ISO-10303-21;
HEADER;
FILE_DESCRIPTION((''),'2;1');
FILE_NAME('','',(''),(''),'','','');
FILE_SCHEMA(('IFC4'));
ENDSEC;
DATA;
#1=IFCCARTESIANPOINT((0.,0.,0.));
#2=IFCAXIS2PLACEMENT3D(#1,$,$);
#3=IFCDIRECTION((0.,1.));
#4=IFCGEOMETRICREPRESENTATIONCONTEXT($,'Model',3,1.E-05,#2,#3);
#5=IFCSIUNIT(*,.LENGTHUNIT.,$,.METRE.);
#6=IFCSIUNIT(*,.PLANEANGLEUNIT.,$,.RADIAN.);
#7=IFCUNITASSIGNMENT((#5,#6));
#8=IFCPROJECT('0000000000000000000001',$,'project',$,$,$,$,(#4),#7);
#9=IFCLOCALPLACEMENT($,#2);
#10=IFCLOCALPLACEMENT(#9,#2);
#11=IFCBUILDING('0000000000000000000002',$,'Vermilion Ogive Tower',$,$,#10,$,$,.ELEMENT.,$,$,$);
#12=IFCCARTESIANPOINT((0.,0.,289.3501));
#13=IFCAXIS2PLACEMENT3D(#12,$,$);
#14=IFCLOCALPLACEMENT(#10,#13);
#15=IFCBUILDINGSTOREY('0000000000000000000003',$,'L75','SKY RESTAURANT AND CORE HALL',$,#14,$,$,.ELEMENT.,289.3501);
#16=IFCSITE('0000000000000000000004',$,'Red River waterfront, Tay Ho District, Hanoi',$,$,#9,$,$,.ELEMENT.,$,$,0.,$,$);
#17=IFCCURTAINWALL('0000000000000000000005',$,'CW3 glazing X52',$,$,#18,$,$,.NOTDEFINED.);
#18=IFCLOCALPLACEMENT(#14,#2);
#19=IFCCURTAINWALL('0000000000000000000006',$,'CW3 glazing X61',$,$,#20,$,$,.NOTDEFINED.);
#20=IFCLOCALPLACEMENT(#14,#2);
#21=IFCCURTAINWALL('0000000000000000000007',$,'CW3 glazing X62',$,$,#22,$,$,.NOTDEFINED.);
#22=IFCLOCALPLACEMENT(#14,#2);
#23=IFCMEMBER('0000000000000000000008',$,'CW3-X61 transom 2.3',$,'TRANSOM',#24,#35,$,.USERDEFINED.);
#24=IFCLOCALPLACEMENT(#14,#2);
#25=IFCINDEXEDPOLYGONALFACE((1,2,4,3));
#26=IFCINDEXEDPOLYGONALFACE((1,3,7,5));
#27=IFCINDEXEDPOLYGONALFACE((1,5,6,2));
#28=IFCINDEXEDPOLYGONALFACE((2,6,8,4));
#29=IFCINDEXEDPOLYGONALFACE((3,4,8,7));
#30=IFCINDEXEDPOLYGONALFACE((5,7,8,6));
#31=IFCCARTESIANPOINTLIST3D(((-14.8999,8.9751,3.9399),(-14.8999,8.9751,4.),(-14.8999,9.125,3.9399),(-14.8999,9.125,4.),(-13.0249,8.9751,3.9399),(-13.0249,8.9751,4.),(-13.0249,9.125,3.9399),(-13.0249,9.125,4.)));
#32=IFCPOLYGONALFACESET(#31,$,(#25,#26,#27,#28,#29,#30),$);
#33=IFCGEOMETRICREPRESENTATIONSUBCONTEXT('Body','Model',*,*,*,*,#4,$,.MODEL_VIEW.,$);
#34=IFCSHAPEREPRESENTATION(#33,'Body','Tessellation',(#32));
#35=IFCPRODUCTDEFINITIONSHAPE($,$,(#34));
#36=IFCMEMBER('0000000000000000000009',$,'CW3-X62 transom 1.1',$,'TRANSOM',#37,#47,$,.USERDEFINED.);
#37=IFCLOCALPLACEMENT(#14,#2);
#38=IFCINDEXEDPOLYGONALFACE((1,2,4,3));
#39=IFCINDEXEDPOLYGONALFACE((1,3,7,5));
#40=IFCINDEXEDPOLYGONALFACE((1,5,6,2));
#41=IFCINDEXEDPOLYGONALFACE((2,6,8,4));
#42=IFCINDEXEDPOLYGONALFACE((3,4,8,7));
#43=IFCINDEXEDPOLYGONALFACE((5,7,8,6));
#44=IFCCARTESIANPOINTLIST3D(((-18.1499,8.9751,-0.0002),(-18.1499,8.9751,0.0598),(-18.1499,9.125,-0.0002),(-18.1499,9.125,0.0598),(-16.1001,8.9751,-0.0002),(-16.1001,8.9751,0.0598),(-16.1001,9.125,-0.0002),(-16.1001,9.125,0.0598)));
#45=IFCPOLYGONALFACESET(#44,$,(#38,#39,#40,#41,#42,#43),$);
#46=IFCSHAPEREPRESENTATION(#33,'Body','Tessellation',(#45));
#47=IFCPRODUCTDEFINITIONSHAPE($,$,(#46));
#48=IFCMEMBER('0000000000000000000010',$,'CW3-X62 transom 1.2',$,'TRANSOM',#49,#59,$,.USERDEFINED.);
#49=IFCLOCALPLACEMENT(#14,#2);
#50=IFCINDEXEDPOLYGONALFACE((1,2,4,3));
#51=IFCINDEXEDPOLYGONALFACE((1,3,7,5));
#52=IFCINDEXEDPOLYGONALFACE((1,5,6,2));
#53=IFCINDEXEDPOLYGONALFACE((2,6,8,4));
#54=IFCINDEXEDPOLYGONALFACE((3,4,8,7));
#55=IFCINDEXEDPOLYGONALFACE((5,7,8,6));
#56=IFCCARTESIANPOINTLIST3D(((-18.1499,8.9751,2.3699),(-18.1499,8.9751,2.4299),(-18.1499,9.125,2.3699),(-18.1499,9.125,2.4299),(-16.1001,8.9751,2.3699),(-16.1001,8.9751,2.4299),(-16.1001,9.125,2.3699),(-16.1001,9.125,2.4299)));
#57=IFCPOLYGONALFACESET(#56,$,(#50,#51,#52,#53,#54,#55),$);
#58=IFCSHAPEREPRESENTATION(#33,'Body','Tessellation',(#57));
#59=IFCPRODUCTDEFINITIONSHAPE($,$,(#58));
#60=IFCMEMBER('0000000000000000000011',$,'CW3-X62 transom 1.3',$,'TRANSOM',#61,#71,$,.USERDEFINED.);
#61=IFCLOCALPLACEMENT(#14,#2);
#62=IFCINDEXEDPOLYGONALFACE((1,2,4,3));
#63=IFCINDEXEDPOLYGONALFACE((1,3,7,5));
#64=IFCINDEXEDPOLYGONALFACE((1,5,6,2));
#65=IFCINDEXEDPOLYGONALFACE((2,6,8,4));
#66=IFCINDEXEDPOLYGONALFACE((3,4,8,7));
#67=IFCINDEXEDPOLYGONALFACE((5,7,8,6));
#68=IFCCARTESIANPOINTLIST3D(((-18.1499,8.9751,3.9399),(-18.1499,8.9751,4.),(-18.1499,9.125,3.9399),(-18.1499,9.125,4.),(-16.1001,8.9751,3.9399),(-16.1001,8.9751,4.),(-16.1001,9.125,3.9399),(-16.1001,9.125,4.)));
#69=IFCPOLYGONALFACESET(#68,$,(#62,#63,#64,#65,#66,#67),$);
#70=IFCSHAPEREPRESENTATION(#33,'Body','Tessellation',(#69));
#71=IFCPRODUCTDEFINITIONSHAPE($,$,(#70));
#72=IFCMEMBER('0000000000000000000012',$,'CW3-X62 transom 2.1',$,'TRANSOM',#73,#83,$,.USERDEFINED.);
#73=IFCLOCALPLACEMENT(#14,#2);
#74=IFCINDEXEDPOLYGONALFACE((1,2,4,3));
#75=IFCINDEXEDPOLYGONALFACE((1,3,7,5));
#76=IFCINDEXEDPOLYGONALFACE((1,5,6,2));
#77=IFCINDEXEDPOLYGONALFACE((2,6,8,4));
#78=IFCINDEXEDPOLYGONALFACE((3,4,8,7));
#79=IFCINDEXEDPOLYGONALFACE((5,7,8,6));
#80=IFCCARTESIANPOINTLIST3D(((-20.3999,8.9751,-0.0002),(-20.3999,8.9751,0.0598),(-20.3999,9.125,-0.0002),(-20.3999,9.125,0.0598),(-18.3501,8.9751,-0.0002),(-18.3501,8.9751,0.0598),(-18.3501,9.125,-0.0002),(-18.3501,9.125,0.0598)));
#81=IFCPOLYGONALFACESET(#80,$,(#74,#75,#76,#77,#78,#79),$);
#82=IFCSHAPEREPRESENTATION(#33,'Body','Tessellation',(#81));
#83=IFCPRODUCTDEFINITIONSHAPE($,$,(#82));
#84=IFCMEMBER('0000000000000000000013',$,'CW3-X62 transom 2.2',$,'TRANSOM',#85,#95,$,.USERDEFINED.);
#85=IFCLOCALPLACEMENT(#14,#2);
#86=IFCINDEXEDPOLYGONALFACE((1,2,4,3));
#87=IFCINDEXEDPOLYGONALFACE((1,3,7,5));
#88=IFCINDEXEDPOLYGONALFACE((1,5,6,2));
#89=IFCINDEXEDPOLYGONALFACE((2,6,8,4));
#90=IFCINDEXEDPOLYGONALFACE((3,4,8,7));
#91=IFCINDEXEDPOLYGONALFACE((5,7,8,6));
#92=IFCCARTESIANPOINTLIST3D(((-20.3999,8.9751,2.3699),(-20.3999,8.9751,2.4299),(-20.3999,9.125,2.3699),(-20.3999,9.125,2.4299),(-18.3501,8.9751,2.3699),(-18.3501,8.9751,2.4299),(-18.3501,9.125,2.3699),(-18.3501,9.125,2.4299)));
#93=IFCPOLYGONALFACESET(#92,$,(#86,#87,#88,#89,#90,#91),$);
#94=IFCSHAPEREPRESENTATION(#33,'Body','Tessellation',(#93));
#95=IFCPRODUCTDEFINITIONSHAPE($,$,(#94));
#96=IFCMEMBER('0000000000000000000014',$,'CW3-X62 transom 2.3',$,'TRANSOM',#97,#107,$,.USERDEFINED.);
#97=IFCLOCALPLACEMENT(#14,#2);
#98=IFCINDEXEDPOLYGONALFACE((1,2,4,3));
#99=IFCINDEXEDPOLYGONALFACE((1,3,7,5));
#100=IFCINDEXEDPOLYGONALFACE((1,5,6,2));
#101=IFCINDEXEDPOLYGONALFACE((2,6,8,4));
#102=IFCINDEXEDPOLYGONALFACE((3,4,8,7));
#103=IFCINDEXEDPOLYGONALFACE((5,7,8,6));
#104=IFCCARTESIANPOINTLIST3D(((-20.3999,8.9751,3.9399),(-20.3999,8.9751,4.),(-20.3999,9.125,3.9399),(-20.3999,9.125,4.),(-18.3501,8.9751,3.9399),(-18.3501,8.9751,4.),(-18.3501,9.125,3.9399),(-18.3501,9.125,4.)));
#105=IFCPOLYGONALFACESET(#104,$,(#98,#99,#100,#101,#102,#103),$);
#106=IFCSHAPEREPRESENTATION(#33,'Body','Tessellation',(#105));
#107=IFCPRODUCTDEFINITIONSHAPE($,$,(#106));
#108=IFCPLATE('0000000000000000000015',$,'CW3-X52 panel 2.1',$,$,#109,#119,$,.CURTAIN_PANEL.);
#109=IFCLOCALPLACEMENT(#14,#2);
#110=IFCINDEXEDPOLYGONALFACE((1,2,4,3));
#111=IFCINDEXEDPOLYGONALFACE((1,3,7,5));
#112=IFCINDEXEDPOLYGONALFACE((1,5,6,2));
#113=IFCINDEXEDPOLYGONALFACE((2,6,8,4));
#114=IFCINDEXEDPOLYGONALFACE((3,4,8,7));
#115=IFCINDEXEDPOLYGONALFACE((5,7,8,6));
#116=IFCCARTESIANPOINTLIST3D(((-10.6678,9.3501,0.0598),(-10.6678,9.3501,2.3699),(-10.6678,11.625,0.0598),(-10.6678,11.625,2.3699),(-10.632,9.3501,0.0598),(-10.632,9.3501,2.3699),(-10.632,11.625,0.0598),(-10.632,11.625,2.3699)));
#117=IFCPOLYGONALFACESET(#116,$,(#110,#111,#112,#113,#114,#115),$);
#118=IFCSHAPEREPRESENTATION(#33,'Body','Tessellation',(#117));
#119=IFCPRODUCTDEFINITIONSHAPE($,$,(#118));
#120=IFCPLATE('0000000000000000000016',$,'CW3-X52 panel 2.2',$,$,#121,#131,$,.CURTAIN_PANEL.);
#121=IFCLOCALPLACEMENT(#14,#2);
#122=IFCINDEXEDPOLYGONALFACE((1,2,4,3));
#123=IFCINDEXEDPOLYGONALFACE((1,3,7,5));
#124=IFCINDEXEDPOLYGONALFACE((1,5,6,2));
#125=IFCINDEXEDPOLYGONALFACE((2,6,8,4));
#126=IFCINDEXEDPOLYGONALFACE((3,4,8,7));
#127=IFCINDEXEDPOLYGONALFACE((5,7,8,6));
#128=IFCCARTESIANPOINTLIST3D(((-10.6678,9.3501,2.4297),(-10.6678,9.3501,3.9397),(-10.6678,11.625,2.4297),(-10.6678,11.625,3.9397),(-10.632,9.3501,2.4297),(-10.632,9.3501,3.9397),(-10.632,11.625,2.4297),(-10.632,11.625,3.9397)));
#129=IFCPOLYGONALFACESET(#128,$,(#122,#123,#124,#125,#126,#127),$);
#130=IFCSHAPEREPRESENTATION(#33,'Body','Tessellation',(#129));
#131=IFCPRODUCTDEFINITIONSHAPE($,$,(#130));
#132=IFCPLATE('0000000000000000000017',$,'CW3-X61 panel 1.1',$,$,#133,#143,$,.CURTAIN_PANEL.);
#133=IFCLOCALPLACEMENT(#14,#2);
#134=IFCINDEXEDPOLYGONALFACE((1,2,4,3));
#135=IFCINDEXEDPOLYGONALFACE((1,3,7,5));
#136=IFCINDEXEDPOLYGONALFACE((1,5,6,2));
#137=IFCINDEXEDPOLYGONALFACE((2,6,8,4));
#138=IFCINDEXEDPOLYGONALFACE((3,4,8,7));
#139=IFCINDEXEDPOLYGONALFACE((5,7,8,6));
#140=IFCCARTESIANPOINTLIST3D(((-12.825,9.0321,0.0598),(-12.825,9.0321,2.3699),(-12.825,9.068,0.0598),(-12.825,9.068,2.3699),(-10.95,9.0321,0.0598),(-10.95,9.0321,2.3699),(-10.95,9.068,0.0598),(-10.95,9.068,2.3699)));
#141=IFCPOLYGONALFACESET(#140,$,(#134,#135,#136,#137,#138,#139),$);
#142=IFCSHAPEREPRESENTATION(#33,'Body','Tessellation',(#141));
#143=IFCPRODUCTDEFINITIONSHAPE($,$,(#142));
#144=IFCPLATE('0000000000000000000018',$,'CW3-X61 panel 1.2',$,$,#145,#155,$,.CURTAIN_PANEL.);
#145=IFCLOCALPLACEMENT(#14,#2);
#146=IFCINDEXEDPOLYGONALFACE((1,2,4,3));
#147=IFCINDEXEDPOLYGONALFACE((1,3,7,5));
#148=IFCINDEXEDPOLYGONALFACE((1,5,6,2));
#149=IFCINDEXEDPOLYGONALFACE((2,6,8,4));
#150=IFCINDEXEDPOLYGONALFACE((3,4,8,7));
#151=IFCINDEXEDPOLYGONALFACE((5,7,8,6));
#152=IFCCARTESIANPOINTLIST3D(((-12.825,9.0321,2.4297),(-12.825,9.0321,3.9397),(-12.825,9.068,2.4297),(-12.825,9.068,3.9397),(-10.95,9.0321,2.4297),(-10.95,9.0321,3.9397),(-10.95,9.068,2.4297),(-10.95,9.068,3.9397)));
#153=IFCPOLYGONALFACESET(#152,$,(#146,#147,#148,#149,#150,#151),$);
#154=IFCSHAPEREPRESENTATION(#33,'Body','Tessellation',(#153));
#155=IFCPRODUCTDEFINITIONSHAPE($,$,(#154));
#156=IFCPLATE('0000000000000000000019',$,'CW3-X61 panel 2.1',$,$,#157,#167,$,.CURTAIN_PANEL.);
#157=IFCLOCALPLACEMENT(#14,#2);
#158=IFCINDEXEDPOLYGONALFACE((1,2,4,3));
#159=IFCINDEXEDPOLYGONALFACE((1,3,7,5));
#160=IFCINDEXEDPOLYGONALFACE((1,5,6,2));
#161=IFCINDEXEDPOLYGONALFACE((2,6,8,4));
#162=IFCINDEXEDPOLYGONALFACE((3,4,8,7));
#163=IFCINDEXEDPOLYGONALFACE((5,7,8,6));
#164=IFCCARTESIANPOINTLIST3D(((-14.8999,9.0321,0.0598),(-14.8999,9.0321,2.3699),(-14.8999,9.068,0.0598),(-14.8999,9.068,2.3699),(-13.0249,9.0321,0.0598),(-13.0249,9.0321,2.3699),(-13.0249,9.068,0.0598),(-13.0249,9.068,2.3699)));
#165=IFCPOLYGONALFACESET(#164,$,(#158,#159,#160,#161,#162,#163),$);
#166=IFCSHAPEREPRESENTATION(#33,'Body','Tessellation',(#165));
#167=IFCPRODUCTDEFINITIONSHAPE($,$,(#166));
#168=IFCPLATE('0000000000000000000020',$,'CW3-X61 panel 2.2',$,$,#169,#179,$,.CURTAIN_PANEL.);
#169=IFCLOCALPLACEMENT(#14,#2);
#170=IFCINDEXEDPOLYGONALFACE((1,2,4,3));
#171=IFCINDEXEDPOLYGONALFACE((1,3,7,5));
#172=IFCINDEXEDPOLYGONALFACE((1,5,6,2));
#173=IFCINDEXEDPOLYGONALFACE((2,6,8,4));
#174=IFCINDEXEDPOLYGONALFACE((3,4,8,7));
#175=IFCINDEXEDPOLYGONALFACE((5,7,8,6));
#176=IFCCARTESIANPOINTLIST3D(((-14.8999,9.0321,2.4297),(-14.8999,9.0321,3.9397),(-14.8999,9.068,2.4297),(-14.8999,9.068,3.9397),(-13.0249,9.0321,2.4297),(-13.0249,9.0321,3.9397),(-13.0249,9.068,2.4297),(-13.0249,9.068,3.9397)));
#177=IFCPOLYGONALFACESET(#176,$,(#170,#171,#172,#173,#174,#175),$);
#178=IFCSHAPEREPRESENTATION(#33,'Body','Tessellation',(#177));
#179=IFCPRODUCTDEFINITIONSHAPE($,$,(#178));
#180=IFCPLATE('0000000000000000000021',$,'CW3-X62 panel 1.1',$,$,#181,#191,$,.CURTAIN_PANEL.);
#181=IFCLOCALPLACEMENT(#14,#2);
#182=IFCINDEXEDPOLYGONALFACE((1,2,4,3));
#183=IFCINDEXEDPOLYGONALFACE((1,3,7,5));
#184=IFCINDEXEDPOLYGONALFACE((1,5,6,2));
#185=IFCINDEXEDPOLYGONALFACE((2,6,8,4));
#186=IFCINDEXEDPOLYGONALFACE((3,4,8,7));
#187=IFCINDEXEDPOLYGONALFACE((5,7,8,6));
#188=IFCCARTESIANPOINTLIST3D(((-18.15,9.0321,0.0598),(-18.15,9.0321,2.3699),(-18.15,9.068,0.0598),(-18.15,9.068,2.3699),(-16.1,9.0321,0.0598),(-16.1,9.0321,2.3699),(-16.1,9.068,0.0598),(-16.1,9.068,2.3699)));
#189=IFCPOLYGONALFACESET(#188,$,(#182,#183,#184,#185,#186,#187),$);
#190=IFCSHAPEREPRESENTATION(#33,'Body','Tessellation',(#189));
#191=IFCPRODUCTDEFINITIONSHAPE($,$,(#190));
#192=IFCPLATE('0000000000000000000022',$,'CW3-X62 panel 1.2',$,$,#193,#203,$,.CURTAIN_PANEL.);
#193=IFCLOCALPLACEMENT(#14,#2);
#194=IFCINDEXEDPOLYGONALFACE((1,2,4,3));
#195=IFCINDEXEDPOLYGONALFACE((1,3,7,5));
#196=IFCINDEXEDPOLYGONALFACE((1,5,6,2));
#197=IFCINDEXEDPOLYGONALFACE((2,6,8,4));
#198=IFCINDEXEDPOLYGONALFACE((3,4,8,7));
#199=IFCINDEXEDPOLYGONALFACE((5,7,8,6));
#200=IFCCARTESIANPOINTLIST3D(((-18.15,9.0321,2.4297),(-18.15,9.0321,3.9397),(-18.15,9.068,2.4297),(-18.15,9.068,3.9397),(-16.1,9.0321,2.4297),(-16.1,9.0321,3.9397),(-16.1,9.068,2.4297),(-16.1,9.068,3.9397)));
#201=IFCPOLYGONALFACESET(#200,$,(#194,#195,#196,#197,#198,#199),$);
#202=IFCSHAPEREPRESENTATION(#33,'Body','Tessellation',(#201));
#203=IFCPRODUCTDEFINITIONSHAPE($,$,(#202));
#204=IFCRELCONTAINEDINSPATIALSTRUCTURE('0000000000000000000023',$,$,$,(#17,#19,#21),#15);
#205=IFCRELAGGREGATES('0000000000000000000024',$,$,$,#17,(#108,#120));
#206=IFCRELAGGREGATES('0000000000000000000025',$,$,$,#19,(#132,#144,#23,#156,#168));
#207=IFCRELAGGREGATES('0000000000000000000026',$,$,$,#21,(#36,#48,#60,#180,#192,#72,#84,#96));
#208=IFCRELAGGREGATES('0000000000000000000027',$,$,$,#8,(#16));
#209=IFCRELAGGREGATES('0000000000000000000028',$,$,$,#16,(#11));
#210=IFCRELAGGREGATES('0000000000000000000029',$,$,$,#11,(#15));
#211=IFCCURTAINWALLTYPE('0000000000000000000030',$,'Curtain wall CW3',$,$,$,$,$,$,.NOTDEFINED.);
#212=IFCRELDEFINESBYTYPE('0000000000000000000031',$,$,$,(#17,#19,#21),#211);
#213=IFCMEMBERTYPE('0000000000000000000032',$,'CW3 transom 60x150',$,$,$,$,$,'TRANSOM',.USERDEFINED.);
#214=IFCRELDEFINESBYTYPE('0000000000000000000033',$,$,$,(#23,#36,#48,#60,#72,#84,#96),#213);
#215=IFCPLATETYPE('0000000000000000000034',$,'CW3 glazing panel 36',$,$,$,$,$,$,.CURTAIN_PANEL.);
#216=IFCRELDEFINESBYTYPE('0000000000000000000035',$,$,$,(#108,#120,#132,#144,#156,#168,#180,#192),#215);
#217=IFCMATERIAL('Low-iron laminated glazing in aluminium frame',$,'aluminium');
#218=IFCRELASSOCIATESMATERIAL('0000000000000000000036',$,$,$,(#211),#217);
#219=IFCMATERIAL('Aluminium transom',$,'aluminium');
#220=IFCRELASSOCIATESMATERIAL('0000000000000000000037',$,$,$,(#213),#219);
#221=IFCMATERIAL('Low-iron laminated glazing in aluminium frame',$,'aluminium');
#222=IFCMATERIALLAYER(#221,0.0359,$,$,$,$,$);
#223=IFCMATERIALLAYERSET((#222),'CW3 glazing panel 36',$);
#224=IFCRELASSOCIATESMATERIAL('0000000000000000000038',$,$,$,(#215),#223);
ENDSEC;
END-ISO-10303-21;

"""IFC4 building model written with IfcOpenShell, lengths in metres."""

from ifc_helpers import new_model, si_unit, direction, frame, origin, origin_2d, place, context, subcontext, project, spatial, rectangle, extrude, material, layer, layer_set, material_profile, profile_set, type_object, element, aggregate, save


model = new_model("IFC4")

# Units and contexts
model_context = context("Model", 3, precision=1e-05, world=origin(), true_north=direction((0.0, 1.0)))
body_context = subcontext(model_context, "Body", "Model", "MODEL_VIEW")
ifc_project = project(units=[si_unit("LENGTHUNIT", "METRE"), si_unit("PLANEANGLEUNIT", "RADIAN")], contexts=[model_context])

# Site, building, storey
site_placement = place(None, origin())
site = spatial("IfcSite", under=ifc_project, at=site_placement, Name="Red River waterfront, Tay Ho District, Hanoi", CompositionType="ELEMENT", RefElevation=0.0)
building_placement = place(site_placement, origin())
building = spatial("IfcBuilding", under=site, at=building_placement, Name="Vermilion Ogive Tower", CompositionType="ELEMENT")
storey_placement = place(building_placement, frame((0.0, 0.0, 289.3501)))
storey = spatial("IfcBuildingStorey", under=building, at=storey_placement, Name="L75", Description="SKY RESTAURANT AND CORE HALL", CompositionType="ELEMENT", Elevation=289.3501)

# Curtain wall
ifc_material_1 = material(Name="Low-iron laminated glazing in aluminium frame", Category="aluminium")
curtain_wall_type = type_object("IfcCurtainWallType", Name="Curtain wall CW3", PredefinedType="NOTDEFINED", material=ifc_material_1)
curtain_wall_1_placement = place(storey_placement, origin())
curtain_wall_1 = element("IfcCurtainWall", 1, at=curtain_wall_1_placement, inside=storey, type_object=curtain_wall_type, Name="CW3 glazing X52", PredefinedType="NOTDEFINED")

# Curtain walls
curtain_wall_2_placement = place(storey_placement, origin())
curtain_wall_2 = element("IfcCurtainWall", 2, at=curtain_wall_2_placement, inside=storey, type_object=curtain_wall_type, Name="CW3 glazing X61", PredefinedType="NOTDEFINED")
curtain_wall_3_placement = place(storey_placement, origin())
curtain_wall_3 = element("IfcCurtainWall", 3, at=curtain_wall_3_placement, inside=storey, type_object=curtain_wall_type, Name="CW3 glazing X62", PredefinedType="NOTDEFINED")

# Members
ifc_material_2 = material(Name="Aluminium transom", Category="aluminium")
ifc_material_profile_1 = material_profile(ifc_material_2, rectangle(XDim=0.1499, YDim=0.0601, at=origin_2d()), Name="AL 60x150")
ifc_profile_set_1 = profile_set([ifc_material_profile_1], Name="Aluminium transom")
member_type_1 = type_object("IfcMemberType", Name="CW3 transom 60x150", ElementType="TRANSOM", PredefinedType="USERDEFINED", material=ifc_profile_set_1)
member_1_placement = place(storey_placement, frame((-13.0249, 9.05, 3.97), z_axis=(-1.0, 0.0, 0.0), x_axis=(0.0, -1.0, 0.0)))
member_1 = element("IfcMember", 4, at=member_1_placement, type_object=member_type_1, Name="CW3-X61 transom 2.3", ObjectType="TRANSOM", PredefinedType="USERDEFINED", context=body_context, shape_type="SweptSolid", body=[
    extrude(rectangle(XDim=0.1499, YDim=0.0601, at=origin_2d()), origin(), (0.0, 0.0, 1.0), 1.875),
])
member_2_placement = place(storey_placement, frame((-16.1001, 9.05, 0.0298), z_axis=(-1.0, 0.0, 0.0), x_axis=(0.0, -1.0, 0.0)))
member_2 = element("IfcMember", 5, at=member_2_placement, type_object=member_type_1, Name="CW3-X62 transom 1.1", ObjectType="TRANSOM", PredefinedType="USERDEFINED", context=body_context, shape_type="SweptSolid", body=[
    extrude(rectangle(XDim=0.1499, YDim=0.0601, at=origin_2d()), origin(), (0.0, 0.0, 1.0), 2.0498),
])
member_3_placement = place(storey_placement, frame((-16.1001, 9.05, 2.3999), z_axis=(-1.0, 0.0, 0.0), x_axis=(0.0, -1.0, 0.0)))
member_3 = element("IfcMember", 6, at=member_3_placement, type_object=member_type_1, Name="CW3-X62 transom 1.2", ObjectType="TRANSOM", PredefinedType="USERDEFINED", context=body_context, shape_type="SweptSolid", body=[
    extrude(rectangle(XDim=0.1499, YDim=0.0601, at=origin_2d()), origin(), (0.0, 0.0, 1.0), 2.0498),
])
member_4_placement = place(storey_placement, frame((-16.1001, 9.05, 3.97), z_axis=(-1.0, 0.0, 0.0), x_axis=(0.0, -1.0, 0.0)))
member_4 = element("IfcMember", 7, at=member_4_placement, type_object=member_type_1, Name="CW3-X62 transom 1.3", ObjectType="TRANSOM", PredefinedType="USERDEFINED", context=body_context, shape_type="SweptSolid", body=[
    extrude(rectangle(XDim=0.1499, YDim=0.0601, at=origin_2d()), origin(), (0.0, 0.0, 1.0), 2.0498),
])
member_5_placement = place(storey_placement, frame((-18.3501, 9.05, 0.0298), z_axis=(-1.0, 0.0, 0.0), x_axis=(0.0, -1.0, 0.0)))
member_5 = element("IfcMember", 8, at=member_5_placement, type_object=member_type_1, Name="CW3-X62 transom 2.1", ObjectType="TRANSOM", PredefinedType="USERDEFINED", context=body_context, shape_type="SweptSolid", body=[
    extrude(rectangle(XDim=0.1499, YDim=0.0601, at=origin_2d()), origin(), (0.0, 0.0, 1.0), 2.0498),
])
member_6_placement = place(storey_placement, frame((-18.3501, 9.05, 2.3999), z_axis=(-1.0, 0.0, 0.0), x_axis=(0.0, -1.0, 0.0)))
member_6 = element("IfcMember", 9, at=member_6_placement, type_object=member_type_1, Name="CW3-X62 transom 2.2", ObjectType="TRANSOM", PredefinedType="USERDEFINED", context=body_context, shape_type="SweptSolid", body=[
    extrude(rectangle(XDim=0.1499, YDim=0.0601, at=origin_2d()), origin(), (0.0, 0.0, 1.0), 2.0498),
])
member_7_placement = place(storey_placement, frame((-18.3501, 9.05, 3.97), z_axis=(-1.0, 0.0, 0.0), x_axis=(0.0, -1.0, 0.0)))
member_7 = element("IfcMember", 10, at=member_7_placement, type_object=member_type_1, Name="CW3-X62 transom 2.3", ObjectType="TRANSOM", PredefinedType="USERDEFINED", context=body_context, shape_type="SweptSolid", body=[
    extrude(rectangle(XDim=0.1499, YDim=0.0601, at=origin_2d()), origin(), (0.0, 0.0, 1.0), 2.0498),
])

# Plates
ifc_material_3 = material(Name="Low-iron laminated glazing in aluminium frame", Category="aluminium")
ifc_layer_1 = layer(ifc_material_3, 0.0359)
ifc_layer_set_1 = layer_set([ifc_layer_1], Name="CW3 glazing panel 36")
plate_type = type_object("IfcPlateType", Name="CW3 glazing panel 36", PredefinedType="CURTAIN_PANEL", material=ifc_layer_set_1)
plate_1_placement = place(storey_placement, frame((-10.6499, 10.4875, 0.0598), z_axis=(0.0, 0.0, 1.0), x_axis=(0.0, -1.0, 0.0)))
plate_1 = element("IfcPlate", 11, at=plate_1_placement, type_object=plate_type, Name="CW3-X52 panel 2.1", PredefinedType="CURTAIN_PANEL", context=body_context, shape_type="SweptSolid", body=[
    extrude(rectangle(XDim=2.2749, YDim=0.0359, at=origin_2d()), origin(), (0.0, 0.0, 1.0), 2.3101),
])
plate_2_placement = place(storey_placement, frame((-10.6499, 10.4875, 2.4297), z_axis=(0.0, 0.0, 1.0), x_axis=(0.0, -1.0, 0.0)))
plate_2 = element("IfcPlate", 12, at=plate_2_placement, type_object=plate_type, Name="CW3-X52 panel 2.2", PredefinedType="CURTAIN_PANEL", context=body_context, shape_type="SweptSolid", body=[
    extrude(rectangle(XDim=2.2749, YDim=0.0359, at=origin_2d()), origin(), (0.0, 0.0, 1.0), 1.51),
])
aggregate(curtain_wall_1, [plate_1, plate_2])
plate_3_placement = place(storey_placement, frame((-11.8875, 9.05, 0.0598), z_axis=(0.0, 0.0, 1.0), x_axis=(-1.0, 0.0, 0.0)))
plate_3 = element("IfcPlate", 13, at=plate_3_placement, type_object=plate_type, Name="CW3-X61 panel 1.1", PredefinedType="CURTAIN_PANEL", context=body_context, shape_type="SweptSolid", body=[
    extrude(rectangle(XDim=1.875, YDim=0.0359, at=origin_2d()), origin(), (0.0, 0.0, 1.0), 2.3101),
])
plate_4_placement = place(storey_placement, frame((-11.8875, 9.05, 2.4297), z_axis=(0.0, 0.0, 1.0), x_axis=(-1.0, 0.0, 0.0)))
plate_4 = element("IfcPlate", 14, at=plate_4_placement, type_object=plate_type, Name="CW3-X61 panel 1.2", PredefinedType="CURTAIN_PANEL", context=body_context, shape_type="SweptSolid", body=[
    extrude(rectangle(XDim=1.875, YDim=0.0359, at=origin_2d()), origin(), (0.0, 0.0, 1.0), 1.51),
])
plate_5_placement = place(storey_placement, frame((-13.9624, 9.05, 0.0598), z_axis=(0.0, 0.0, 1.0), x_axis=(-1.0, 0.0, 0.0)))
plate_5 = element("IfcPlate", 15, at=plate_5_placement, type_object=plate_type, Name="CW3-X61 panel 2.1", PredefinedType="CURTAIN_PANEL", context=body_context, shape_type="SweptSolid", body=[
    extrude(rectangle(XDim=1.875, YDim=0.0359, at=origin_2d()), origin(), (0.0, 0.0, 1.0), 2.3101),
])
plate_6_placement = place(storey_placement, frame((-13.9624, 9.05, 2.4297), z_axis=(0.0, 0.0, 1.0), x_axis=(-1.0, 0.0, 0.0)))
plate_6 = element("IfcPlate", 16, at=plate_6_placement, type_object=plate_type, Name="CW3-X61 panel 2.2", PredefinedType="CURTAIN_PANEL", context=body_context, shape_type="SweptSolid", body=[
    extrude(rectangle(XDim=1.875, YDim=0.0359, at=origin_2d()), origin(), (0.0, 0.0, 1.0), 1.51),
])
aggregate(curtain_wall_2, [plate_3, plate_4, member_1, plate_5, plate_6])
plate_7_placement = place(storey_placement, frame((-17.125, 9.05, 0.0598), z_axis=(0.0, 0.0, 1.0), x_axis=(-1.0, 0.0, 0.0)))
plate_7 = element("IfcPlate", 17, at=plate_7_placement, type_object=plate_type, Name="CW3-X62 panel 1.1", PredefinedType="CURTAIN_PANEL", context=body_context, shape_type="SweptSolid", body=[
    extrude(rectangle(XDim=2.05, YDim=0.0359, at=origin_2d()), origin(), (0.0, 0.0, 1.0), 2.3101),
])
plate_8_placement = place(storey_placement, frame((-17.125, 9.05, 2.4297), z_axis=(0.0, 0.0, 1.0), x_axis=(-1.0, 0.0, 0.0)))
plate_8 = element("IfcPlate", 18, at=plate_8_placement, type_object=plate_type, Name="CW3-X62 panel 1.2", PredefinedType="CURTAIN_PANEL", context=body_context, shape_type="SweptSolid", body=[
    extrude(rectangle(XDim=2.05, YDim=0.0359, at=origin_2d()), origin(), (0.0, 0.0, 1.0), 1.51),
])
aggregate(curtain_wall_3, [member_2, member_3, member_4, plate_7, plate_8, member_5, member_6, member_7])

save(model, "model.ifc")
